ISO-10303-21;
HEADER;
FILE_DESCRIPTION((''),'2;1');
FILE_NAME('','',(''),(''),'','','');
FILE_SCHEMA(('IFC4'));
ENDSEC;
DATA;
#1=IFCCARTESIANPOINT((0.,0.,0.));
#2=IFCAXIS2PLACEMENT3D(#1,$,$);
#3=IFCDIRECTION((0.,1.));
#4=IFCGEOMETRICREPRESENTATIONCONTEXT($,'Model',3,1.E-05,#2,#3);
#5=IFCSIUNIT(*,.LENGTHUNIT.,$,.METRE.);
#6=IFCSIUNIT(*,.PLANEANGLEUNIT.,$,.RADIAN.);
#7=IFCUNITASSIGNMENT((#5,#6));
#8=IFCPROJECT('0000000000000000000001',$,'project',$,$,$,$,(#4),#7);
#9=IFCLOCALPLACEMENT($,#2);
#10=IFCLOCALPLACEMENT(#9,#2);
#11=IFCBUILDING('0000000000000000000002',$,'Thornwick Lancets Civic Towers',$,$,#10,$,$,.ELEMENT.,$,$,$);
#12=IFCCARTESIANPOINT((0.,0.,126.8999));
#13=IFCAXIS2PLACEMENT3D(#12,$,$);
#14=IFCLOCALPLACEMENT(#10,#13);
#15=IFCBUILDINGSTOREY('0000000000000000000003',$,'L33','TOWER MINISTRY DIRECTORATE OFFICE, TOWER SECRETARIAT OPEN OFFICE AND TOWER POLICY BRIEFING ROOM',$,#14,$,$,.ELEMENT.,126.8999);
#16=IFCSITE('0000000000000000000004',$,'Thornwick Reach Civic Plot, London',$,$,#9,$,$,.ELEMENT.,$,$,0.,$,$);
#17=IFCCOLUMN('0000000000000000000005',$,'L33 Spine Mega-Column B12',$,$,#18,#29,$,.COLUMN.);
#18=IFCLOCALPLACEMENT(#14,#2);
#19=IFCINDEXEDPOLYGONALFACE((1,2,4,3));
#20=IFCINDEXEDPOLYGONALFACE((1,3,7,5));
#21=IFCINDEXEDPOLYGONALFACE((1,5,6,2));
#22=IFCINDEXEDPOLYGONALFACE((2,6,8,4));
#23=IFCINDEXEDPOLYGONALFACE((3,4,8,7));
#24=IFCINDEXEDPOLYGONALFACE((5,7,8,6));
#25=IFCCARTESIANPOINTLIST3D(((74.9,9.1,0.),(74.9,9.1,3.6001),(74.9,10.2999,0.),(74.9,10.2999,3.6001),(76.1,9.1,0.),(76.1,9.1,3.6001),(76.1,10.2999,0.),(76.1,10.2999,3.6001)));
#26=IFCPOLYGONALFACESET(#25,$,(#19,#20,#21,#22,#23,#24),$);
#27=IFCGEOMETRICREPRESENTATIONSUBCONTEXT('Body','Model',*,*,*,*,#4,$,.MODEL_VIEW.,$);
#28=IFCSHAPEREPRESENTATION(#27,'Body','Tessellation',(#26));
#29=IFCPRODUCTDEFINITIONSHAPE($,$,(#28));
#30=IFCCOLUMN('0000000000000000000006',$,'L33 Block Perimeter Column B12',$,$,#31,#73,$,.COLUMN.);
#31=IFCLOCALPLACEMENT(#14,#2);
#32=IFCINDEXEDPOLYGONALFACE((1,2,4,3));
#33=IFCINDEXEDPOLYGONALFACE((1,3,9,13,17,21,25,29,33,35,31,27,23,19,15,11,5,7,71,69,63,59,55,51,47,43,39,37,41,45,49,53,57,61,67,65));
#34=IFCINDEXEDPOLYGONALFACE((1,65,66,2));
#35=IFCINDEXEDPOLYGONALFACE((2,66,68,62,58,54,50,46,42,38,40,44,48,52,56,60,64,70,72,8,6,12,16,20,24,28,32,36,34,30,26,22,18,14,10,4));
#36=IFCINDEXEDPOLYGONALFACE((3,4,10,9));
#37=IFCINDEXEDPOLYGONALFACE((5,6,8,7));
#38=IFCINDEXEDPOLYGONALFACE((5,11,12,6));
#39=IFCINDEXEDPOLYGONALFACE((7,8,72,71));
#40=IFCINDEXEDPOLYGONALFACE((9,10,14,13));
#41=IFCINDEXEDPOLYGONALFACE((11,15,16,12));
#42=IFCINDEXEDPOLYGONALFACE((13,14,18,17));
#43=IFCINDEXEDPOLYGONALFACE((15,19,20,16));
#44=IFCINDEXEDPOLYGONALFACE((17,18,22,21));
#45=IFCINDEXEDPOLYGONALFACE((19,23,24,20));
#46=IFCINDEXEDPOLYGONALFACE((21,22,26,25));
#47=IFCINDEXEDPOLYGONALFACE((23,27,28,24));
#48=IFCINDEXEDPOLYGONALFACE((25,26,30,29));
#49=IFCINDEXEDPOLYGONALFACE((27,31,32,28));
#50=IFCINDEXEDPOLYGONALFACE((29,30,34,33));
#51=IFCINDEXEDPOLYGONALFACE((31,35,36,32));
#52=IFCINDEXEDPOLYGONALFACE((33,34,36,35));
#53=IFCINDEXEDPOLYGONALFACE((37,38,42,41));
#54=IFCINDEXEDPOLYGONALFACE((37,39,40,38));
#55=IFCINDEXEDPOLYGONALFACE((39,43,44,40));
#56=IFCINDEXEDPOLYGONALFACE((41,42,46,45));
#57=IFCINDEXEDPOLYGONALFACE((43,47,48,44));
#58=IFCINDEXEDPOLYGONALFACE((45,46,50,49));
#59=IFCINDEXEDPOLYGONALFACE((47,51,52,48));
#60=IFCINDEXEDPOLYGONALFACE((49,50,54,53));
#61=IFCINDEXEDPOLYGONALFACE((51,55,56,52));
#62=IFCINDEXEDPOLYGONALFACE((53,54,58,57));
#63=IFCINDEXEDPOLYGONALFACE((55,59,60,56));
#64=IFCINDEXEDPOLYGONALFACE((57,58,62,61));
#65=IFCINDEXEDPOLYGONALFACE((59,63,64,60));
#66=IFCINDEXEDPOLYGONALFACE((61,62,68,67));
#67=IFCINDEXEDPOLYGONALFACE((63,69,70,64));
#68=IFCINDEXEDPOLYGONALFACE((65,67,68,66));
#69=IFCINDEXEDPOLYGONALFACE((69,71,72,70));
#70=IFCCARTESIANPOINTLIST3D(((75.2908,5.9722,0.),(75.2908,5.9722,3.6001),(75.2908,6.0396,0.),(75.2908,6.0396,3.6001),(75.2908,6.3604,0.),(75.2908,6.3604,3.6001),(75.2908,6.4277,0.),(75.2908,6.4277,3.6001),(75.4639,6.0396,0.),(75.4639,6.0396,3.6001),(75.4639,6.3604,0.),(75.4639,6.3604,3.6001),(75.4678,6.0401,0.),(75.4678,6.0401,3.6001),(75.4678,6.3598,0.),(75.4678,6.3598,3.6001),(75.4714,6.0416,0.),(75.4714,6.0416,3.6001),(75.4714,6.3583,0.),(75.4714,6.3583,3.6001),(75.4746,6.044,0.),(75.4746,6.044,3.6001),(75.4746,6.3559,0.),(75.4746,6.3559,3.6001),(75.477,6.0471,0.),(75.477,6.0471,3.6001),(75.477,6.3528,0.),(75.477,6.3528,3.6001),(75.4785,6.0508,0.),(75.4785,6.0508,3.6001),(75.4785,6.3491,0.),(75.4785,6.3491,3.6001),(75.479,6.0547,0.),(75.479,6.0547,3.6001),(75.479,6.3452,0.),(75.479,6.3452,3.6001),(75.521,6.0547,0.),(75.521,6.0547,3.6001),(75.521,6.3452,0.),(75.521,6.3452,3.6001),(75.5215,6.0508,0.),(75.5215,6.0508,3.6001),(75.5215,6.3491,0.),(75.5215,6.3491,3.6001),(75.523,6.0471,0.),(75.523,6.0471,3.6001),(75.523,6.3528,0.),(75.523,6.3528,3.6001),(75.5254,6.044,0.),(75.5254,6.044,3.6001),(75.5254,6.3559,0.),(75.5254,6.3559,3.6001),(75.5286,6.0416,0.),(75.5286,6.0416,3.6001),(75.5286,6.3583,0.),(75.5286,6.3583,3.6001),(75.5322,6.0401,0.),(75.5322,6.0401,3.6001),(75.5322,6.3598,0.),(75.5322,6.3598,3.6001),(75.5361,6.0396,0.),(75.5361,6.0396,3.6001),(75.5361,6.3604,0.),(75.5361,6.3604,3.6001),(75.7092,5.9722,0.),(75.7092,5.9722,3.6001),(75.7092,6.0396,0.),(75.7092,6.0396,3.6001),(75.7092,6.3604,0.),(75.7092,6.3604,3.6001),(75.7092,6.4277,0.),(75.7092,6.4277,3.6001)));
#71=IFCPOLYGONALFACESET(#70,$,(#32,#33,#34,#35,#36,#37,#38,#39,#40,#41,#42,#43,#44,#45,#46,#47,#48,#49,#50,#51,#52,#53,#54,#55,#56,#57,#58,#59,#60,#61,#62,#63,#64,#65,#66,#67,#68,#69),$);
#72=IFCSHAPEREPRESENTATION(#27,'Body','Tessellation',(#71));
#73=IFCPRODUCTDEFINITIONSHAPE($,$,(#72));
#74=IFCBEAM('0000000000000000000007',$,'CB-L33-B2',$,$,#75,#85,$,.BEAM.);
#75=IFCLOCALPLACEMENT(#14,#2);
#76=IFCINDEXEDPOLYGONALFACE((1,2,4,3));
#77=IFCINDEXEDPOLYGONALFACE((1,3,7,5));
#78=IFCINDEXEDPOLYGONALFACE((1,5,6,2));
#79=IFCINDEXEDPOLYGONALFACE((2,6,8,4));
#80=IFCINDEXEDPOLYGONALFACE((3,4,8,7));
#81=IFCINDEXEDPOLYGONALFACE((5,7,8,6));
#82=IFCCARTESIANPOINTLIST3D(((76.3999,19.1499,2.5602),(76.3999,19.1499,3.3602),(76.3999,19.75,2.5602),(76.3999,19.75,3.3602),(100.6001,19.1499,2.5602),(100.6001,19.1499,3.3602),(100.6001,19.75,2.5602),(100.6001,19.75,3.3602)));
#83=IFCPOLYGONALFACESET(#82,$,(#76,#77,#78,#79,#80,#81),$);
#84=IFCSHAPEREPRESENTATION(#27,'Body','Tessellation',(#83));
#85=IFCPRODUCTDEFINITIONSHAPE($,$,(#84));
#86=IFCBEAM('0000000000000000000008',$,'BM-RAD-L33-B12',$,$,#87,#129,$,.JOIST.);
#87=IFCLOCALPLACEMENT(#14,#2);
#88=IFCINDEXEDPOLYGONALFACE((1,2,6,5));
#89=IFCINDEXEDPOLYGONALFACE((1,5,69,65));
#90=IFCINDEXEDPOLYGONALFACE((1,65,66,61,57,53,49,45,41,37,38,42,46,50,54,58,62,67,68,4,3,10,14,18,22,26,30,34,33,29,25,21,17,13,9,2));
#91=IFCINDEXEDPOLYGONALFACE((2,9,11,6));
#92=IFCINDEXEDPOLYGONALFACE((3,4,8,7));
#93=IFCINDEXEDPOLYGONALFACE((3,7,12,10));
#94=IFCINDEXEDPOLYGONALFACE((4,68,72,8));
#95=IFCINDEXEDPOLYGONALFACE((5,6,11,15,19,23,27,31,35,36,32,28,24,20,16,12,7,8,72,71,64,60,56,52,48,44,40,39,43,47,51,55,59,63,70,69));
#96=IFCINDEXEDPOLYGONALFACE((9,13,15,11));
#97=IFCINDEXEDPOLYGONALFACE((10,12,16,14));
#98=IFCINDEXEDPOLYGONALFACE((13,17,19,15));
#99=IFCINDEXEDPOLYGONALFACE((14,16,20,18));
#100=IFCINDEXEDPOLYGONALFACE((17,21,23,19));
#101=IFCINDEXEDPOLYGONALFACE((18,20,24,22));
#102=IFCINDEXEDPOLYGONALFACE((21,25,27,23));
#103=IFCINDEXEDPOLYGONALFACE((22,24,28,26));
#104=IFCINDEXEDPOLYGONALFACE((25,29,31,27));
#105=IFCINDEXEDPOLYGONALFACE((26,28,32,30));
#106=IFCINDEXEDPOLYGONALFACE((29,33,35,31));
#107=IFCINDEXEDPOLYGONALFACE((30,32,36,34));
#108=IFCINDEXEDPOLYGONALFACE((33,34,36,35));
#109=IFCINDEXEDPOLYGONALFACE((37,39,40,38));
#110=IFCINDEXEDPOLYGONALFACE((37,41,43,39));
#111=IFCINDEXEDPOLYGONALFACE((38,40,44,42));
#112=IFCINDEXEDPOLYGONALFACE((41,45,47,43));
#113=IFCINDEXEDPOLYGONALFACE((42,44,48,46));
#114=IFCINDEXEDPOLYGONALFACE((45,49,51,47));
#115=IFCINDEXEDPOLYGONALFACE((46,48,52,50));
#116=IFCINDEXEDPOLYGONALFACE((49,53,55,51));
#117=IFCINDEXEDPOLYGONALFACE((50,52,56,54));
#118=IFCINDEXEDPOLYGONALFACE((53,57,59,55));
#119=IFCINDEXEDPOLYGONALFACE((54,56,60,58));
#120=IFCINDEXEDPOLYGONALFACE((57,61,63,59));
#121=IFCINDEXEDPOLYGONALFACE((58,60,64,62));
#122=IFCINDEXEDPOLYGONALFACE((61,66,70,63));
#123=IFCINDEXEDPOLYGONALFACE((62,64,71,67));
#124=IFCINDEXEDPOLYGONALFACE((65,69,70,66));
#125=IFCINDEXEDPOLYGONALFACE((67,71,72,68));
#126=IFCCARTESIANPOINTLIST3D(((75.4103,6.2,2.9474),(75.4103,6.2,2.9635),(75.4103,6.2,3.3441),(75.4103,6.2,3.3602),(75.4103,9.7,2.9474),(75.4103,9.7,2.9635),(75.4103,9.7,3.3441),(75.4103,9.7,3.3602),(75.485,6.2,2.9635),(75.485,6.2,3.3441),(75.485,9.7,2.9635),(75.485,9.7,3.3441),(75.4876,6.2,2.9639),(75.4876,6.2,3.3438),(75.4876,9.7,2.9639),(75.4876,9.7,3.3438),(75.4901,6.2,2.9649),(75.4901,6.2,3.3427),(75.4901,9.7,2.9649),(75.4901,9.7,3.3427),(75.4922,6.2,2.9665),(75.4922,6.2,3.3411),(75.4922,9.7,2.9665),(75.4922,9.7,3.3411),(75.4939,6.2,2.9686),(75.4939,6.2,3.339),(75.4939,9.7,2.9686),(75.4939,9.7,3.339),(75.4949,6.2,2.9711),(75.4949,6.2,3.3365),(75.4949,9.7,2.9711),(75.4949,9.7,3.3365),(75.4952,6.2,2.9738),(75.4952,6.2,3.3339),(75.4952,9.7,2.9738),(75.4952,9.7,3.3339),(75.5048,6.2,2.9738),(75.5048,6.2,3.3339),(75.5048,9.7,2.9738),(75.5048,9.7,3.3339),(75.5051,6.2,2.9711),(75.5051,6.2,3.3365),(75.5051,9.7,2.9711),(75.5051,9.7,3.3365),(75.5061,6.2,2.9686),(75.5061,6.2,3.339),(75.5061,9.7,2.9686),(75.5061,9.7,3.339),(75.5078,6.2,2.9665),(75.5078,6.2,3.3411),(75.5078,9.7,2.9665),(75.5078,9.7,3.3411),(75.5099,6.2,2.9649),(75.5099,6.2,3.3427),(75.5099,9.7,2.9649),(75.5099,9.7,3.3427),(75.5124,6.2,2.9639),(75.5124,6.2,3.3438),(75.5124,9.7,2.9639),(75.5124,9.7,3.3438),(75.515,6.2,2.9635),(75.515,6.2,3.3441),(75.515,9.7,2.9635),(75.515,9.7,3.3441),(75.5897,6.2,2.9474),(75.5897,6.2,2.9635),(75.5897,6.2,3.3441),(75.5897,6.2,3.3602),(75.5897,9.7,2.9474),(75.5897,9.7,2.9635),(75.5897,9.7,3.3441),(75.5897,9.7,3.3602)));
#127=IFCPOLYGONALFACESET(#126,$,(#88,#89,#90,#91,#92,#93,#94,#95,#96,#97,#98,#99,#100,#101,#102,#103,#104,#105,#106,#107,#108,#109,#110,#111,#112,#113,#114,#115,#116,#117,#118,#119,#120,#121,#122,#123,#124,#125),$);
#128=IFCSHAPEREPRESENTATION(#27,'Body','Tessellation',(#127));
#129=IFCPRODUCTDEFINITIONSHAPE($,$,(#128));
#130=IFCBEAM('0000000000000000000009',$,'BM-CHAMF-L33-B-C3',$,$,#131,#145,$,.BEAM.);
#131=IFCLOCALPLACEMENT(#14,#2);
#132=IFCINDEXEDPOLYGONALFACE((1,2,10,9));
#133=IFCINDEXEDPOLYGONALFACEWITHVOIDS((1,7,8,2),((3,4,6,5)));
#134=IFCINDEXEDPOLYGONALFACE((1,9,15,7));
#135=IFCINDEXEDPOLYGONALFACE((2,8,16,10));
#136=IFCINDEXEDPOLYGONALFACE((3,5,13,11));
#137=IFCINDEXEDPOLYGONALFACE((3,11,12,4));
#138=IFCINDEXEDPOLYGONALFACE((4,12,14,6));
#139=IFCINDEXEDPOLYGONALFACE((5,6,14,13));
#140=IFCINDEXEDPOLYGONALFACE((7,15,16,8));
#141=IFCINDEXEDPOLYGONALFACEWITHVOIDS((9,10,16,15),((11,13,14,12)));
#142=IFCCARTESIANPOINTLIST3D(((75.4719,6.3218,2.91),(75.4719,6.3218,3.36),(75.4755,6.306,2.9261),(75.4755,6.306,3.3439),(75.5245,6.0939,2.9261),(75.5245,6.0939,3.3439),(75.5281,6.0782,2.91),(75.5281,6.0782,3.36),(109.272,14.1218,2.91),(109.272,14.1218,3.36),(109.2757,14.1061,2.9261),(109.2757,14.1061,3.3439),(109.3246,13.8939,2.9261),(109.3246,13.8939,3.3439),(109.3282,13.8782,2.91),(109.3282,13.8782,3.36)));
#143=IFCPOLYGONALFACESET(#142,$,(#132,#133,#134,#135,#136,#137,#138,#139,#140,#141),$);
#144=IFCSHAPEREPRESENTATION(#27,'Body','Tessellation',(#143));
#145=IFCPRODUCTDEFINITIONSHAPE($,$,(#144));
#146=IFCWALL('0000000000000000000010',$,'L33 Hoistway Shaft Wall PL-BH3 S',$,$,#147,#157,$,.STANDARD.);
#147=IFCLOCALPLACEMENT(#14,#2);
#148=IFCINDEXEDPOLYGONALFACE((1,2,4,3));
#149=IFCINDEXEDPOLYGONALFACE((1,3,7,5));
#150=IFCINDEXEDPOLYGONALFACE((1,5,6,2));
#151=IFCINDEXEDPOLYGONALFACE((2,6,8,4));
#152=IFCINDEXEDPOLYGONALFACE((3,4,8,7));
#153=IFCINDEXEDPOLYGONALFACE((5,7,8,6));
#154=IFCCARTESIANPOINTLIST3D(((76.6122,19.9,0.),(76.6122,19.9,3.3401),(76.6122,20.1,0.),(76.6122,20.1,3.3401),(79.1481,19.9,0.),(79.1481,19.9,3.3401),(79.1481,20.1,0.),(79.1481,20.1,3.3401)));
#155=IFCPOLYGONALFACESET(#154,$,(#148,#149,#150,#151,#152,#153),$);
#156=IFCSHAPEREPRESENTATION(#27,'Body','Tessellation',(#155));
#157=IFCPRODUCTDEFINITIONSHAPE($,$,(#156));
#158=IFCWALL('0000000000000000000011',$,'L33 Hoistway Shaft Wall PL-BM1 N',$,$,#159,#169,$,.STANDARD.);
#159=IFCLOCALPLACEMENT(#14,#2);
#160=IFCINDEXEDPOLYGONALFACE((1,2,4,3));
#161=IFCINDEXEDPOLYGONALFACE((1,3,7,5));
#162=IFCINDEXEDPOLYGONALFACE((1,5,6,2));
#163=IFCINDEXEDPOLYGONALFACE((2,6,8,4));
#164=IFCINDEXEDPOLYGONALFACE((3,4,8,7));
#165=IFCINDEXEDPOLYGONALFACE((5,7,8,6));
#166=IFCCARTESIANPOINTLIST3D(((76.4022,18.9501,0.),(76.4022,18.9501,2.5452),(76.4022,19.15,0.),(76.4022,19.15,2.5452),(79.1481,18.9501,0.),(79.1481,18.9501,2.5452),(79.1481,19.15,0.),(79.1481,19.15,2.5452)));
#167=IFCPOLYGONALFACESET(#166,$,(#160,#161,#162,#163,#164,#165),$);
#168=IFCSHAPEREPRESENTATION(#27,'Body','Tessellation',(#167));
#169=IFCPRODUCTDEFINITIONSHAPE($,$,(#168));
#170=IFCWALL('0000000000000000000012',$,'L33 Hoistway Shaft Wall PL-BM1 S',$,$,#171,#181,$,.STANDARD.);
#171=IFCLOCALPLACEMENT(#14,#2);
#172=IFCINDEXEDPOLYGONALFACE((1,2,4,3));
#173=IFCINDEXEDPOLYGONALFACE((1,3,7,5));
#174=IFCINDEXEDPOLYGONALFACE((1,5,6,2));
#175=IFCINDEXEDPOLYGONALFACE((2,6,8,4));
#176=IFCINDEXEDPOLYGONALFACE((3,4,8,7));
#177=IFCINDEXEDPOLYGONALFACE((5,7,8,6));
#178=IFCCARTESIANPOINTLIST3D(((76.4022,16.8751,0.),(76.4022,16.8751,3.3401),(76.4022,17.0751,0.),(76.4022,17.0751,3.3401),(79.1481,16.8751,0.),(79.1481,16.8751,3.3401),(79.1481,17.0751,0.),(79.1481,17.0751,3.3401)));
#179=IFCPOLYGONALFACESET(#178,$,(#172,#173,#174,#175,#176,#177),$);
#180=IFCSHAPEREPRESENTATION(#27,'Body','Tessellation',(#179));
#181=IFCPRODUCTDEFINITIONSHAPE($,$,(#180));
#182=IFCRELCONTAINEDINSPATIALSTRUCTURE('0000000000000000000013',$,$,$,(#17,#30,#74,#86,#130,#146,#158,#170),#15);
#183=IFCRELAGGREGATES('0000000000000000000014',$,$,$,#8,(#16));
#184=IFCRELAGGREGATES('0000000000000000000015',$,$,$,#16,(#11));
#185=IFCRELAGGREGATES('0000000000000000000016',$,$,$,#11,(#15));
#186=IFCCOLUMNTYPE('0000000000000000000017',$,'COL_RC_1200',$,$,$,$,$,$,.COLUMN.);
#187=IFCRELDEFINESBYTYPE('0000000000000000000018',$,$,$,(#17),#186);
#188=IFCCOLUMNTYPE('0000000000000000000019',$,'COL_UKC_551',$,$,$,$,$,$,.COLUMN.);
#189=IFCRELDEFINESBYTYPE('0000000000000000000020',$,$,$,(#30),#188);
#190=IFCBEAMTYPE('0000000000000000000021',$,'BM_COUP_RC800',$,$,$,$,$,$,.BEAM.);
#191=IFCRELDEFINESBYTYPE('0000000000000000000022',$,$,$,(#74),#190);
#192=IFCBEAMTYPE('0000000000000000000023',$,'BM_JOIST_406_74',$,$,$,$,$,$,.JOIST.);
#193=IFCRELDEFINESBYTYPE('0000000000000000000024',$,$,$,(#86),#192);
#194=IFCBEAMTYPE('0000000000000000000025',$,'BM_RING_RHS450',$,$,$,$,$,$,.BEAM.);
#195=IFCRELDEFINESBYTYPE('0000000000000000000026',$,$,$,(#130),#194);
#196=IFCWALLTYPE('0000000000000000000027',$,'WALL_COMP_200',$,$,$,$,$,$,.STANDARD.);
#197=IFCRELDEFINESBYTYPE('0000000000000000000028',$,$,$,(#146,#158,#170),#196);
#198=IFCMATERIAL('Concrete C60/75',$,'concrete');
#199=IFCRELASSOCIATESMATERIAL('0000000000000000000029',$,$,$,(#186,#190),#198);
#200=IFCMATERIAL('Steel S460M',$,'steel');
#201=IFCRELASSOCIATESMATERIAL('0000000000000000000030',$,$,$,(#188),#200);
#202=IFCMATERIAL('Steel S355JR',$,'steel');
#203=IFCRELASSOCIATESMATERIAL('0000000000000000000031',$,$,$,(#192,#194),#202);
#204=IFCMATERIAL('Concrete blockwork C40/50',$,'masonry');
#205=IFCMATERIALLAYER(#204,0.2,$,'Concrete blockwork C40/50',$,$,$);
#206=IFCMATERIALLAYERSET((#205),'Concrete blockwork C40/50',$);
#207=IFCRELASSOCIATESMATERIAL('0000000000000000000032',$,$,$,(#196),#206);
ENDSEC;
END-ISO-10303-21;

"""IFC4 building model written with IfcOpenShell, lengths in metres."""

from ifc_helpers import new_model, si_unit, direction, frame, frame_2d, origin, origin_2d, place, context, subcontext, project, spatial, rectangle, hollow_rectangle, i_section, extrude, material, layer, layer_set, material_profile, profile_set, type_object, element, save


model = new_model("IFC4")

# Units and contexts
model_context = context("Model", 3, precision=1e-05, world=origin(), true_north=direction((0.0, 1.0)))
body_context = subcontext(model_context, "Body", "Model", "MODEL_VIEW")
ifc_project = project(units=[si_unit("LENGTHUNIT", "METRE"), si_unit("PLANEANGLEUNIT", "RADIAN")], contexts=[model_context])

# Site, building, storey
site_placement = place(None, origin())
site = spatial("IfcSite", under=ifc_project, at=site_placement, Name="Thornwick Reach Civic Plot, London", CompositionType="ELEMENT", RefElevation=0.0)
building_placement = place(site_placement, origin())
building = spatial("IfcBuilding", under=site, at=building_placement, Name="Thornwick Lancets Civic Towers", CompositionType="ELEMENT")
storey_placement = place(building_placement, frame((0.0, 0.0, 126.8999)))
storey = spatial("IfcBuildingStorey", under=building, at=storey_placement, Name="L33", Description="TOWER MINISTRY DIRECTORATE OFFICE, TOWER SECRETARIAT OPEN OFFICE AND TOWER POLICY BRIEFING ROOM", CompositionType="ELEMENT", Elevation=126.8999)

# Columns
ifc_material_1 = material(Name="Concrete C60/75", Category="concrete")
ifc_material_profile_1 = material_profile(ifc_material_1, rectangle(XDim=1.2, YDim=1.2, at=origin_2d()), Name="RC 1200x1200")
ifc_profile_set_1 = profile_set([ifc_material_profile_1], Name="Concrete C60/75")
column_type_1 = type_object("IfcColumnType", Name="COL_RC_1200", PredefinedType="COLUMN", material=ifc_profile_set_1)
column_1_placement = place(storey_placement, frame((75.5, 9.7, 0.0), z_axis=(0.0, 0.0, 1.0), x_axis=(1.0, 0.0, 0.0)))
element("IfcColumn", 1, at=column_1_placement, inside=storey, type_object=column_type_1, Name="L33 Spine Mega-Column B12", PredefinedType="COLUMN", context=body_context, shape_type="SweptSolid", body=[
    extrude(rectangle(XDim=1.2, YDim=1.2, at=origin_2d()), origin(), (0.0, 0.0, 1.0), 3.6001),
])
ifc_material_2 = material(Name="Steel S460M", Category="steel")
ifc_material_profile_2 = material_profile(ifc_material_2, i_section(OverallWidth=0.4185, OverallDepth=0.4556, WebThickness=0.042, FlangeThickness=0.0674, FilletRadius=0.0151, at=origin_2d()), Name="UKC 356x406x551")
ifc_profile_set_2 = profile_set([ifc_material_profile_2], Name="Steel S460M")
column_type_2 = type_object("IfcColumnType", Name="COL_UKC_551", PredefinedType="COLUMN", material=ifc_profile_set_2)
column_2_placement = place(storey_placement, frame((75.5, 6.2, 0.0), z_axis=(0.0, 0.0, 1.0), x_axis=(1.0, 0.0, 0.0)))
element("IfcColumn", 2, at=column_2_placement, inside=storey, type_object=column_type_2, Name="L33 Block Perimeter Column B12", PredefinedType="COLUMN", context=body_context, shape_type="SweptSolid", body=[
    extrude(i_section(OverallWidth=0.4185, OverallDepth=0.4556, WebThickness=0.042, FlangeThickness=0.0674, FilletRadius=0.0151, at=origin_2d()), origin(), (0.0, 0.0, 1.0), 3.6001),
])

# Beams
ifc_material_profile_3 = material_profile(ifc_material_1, rectangle(XDim=0.6001, YDim=0.8, at=origin_2d()), Name="RC 600x800")
ifc_profile_set_3 = profile_set([ifc_material_profile_3], Name="Concrete C60/75")
beam_type_1 = type_object("IfcBeamType", Name="BM_COUP_RC800", PredefinedType="BEAM", material=ifc_profile_set_3)
beam_1_placement = place(storey_placement, frame((76.3999, 19.45, 2.9602), z_axis=(1.0, 0.0, 0.0), x_axis=(0.0, 1.0, 0.0)))
element("IfcBeam", 3, at=beam_1_placement, inside=storey, type_object=beam_type_1, Name="CB-L33-B2", PredefinedType="BEAM", context=body_context, shape_type="SweptSolid", body=[
    extrude(rectangle(XDim=0.6001, YDim=0.8, at=origin_2d()), origin(), (0.0, 0.0, 1.0), 24.2002),
])
ifc_material_3 = material(Name="Steel S355JR", Category="steel")
ifc_material_profile_4 = material_profile(ifc_material_3, i_section(OverallWidth=0.1794, OverallDepth=0.4128, WebThickness=0.0095, FlangeThickness=0.0161, FilletRadius=0.0103, at=origin_2d()), Name="UKB 406x178x74")
ifc_profile_set_4 = profile_set([ifc_material_profile_4], Name="Steel S355JR")
beam_type_2 = type_object("IfcBeamType", Name="BM_JOIST_406_74", PredefinedType="JOIST", material=ifc_profile_set_4)
beam_2_placement = place(storey_placement, frame((75.5, 9.7, 3.1538), z_axis=(0.0, -1.0, 0.0), x_axis=(1.0, 0.0, 0.0)))
element("IfcBeam", 4, at=beam_2_placement, inside=storey, type_object=beam_type_2, Name="BM-RAD-L33-B12", PredefinedType="JOIST", context=body_context, shape_type="SweptSolid", body=[
    extrude(i_section(OverallWidth=0.1794, OverallDepth=0.4128, WebThickness=0.0095, FlangeThickness=0.0161, FilletRadius=0.0103, at=origin_2d()), origin(), (0.0, 0.0, 1.0), 3.5),
])
ifc_material_profile_5 = material_profile(ifc_material_3, hollow_rectangle(XDim=0.25, YDim=0.45, WallThickness=0.0161, at=origin_2d()), Name="RHS 450x250x16")
ifc_profile_set_5 = profile_set([ifc_material_profile_5], Name="Steel S355JR")
beam_type_3 = type_object("IfcBeamType", Name="BM_RING_RHS450", PredefinedType="BEAM", material=ifc_profile_set_5)
beam_3_placement = place(storey_placement, frame((75.5, 6.2, 3.135), z_axis=(0.974391, 0.224861, 0.0), x_axis=(-0.224861, 0.974391, 0.0)))
element("IfcBeam", 5, at=beam_3_placement, inside=storey, type_object=beam_type_3, Name="BM-CHAMF-L33-B-C3", PredefinedType="BEAM", context=body_context, shape_type="SweptSolid", body=[
    extrude(hollow_rectangle(XDim=0.25, YDim=0.45, WallThickness=0.0161, at=origin_2d()), origin(), (0.0, 0.0, 1.0), 34.6885),
])

# Walls
ifc_material_4 = material(Name="Concrete blockwork C40/50", Category="masonry")
ifc_layer_1 = layer(ifc_material_4, 0.2, Name="Concrete blockwork C40/50")
ifc_layer_set_1 = layer_set([ifc_layer_1], Name="Concrete blockwork C40/50")
wall_type_1 = type_object("IfcWallType", Name="WALL_COMP_200", PredefinedType="STANDARD", material=ifc_layer_set_1)
wall_1_placement = place(storey_placement, frame((76.6121, 20.0, 0.0), z_axis=(0.0, 0.0, 1.0), x_axis=(1.0, 0.0, 0.0)))
element("IfcWall", 6, at=wall_1_placement, inside=storey, type_object=wall_type_1, Name="L33 Hoistway Shaft Wall PL-BH3 S", PredefinedType="STANDARD", context=body_context, shape_type="SweptSolid", body=[
    extrude(rectangle(XDim=2.5359, YDim=0.2, at=frame_2d((1.2681, 0.0))), origin(), (0.0, 0.0, 1.0), 3.3401),
])
wall_2_placement = place(storey_placement, frame((76.4021, 19.05, 0.0), z_axis=(0.0, 0.0, 1.0), x_axis=(1.0, 0.0, 0.0)))
element("IfcWall", 7, at=wall_2_placement, inside=storey, type_object=wall_type_1, Name="L33 Hoistway Shaft Wall PL-BM1 N", PredefinedType="STANDARD", context=body_context, shape_type="SweptSolid", body=[
    extrude(rectangle(XDim=2.7458, YDim=0.2, at=frame_2d((1.373, 0.0))), origin(), (0.0, 0.0, 1.0), 2.5452),
])
wall_3_placement = place(storey_placement, frame((76.4021, 16.9751, 0.0), z_axis=(0.0, 0.0, 1.0), x_axis=(1.0, 0.0, 0.0)))
element("IfcWall", 8, at=wall_3_placement, inside=storey, type_object=wall_type_1, Name="L33 Hoistway Shaft Wall PL-BM1 S", PredefinedType="STANDARD", context=body_context, shape_type="SweptSolid", body=[
    extrude(rectangle(XDim=2.7458, YDim=0.2, at=frame_2d((1.373, 0.0))), origin(), (0.0, 0.0, 1.0), 3.3401),
])

save(model, "model.ifc")
